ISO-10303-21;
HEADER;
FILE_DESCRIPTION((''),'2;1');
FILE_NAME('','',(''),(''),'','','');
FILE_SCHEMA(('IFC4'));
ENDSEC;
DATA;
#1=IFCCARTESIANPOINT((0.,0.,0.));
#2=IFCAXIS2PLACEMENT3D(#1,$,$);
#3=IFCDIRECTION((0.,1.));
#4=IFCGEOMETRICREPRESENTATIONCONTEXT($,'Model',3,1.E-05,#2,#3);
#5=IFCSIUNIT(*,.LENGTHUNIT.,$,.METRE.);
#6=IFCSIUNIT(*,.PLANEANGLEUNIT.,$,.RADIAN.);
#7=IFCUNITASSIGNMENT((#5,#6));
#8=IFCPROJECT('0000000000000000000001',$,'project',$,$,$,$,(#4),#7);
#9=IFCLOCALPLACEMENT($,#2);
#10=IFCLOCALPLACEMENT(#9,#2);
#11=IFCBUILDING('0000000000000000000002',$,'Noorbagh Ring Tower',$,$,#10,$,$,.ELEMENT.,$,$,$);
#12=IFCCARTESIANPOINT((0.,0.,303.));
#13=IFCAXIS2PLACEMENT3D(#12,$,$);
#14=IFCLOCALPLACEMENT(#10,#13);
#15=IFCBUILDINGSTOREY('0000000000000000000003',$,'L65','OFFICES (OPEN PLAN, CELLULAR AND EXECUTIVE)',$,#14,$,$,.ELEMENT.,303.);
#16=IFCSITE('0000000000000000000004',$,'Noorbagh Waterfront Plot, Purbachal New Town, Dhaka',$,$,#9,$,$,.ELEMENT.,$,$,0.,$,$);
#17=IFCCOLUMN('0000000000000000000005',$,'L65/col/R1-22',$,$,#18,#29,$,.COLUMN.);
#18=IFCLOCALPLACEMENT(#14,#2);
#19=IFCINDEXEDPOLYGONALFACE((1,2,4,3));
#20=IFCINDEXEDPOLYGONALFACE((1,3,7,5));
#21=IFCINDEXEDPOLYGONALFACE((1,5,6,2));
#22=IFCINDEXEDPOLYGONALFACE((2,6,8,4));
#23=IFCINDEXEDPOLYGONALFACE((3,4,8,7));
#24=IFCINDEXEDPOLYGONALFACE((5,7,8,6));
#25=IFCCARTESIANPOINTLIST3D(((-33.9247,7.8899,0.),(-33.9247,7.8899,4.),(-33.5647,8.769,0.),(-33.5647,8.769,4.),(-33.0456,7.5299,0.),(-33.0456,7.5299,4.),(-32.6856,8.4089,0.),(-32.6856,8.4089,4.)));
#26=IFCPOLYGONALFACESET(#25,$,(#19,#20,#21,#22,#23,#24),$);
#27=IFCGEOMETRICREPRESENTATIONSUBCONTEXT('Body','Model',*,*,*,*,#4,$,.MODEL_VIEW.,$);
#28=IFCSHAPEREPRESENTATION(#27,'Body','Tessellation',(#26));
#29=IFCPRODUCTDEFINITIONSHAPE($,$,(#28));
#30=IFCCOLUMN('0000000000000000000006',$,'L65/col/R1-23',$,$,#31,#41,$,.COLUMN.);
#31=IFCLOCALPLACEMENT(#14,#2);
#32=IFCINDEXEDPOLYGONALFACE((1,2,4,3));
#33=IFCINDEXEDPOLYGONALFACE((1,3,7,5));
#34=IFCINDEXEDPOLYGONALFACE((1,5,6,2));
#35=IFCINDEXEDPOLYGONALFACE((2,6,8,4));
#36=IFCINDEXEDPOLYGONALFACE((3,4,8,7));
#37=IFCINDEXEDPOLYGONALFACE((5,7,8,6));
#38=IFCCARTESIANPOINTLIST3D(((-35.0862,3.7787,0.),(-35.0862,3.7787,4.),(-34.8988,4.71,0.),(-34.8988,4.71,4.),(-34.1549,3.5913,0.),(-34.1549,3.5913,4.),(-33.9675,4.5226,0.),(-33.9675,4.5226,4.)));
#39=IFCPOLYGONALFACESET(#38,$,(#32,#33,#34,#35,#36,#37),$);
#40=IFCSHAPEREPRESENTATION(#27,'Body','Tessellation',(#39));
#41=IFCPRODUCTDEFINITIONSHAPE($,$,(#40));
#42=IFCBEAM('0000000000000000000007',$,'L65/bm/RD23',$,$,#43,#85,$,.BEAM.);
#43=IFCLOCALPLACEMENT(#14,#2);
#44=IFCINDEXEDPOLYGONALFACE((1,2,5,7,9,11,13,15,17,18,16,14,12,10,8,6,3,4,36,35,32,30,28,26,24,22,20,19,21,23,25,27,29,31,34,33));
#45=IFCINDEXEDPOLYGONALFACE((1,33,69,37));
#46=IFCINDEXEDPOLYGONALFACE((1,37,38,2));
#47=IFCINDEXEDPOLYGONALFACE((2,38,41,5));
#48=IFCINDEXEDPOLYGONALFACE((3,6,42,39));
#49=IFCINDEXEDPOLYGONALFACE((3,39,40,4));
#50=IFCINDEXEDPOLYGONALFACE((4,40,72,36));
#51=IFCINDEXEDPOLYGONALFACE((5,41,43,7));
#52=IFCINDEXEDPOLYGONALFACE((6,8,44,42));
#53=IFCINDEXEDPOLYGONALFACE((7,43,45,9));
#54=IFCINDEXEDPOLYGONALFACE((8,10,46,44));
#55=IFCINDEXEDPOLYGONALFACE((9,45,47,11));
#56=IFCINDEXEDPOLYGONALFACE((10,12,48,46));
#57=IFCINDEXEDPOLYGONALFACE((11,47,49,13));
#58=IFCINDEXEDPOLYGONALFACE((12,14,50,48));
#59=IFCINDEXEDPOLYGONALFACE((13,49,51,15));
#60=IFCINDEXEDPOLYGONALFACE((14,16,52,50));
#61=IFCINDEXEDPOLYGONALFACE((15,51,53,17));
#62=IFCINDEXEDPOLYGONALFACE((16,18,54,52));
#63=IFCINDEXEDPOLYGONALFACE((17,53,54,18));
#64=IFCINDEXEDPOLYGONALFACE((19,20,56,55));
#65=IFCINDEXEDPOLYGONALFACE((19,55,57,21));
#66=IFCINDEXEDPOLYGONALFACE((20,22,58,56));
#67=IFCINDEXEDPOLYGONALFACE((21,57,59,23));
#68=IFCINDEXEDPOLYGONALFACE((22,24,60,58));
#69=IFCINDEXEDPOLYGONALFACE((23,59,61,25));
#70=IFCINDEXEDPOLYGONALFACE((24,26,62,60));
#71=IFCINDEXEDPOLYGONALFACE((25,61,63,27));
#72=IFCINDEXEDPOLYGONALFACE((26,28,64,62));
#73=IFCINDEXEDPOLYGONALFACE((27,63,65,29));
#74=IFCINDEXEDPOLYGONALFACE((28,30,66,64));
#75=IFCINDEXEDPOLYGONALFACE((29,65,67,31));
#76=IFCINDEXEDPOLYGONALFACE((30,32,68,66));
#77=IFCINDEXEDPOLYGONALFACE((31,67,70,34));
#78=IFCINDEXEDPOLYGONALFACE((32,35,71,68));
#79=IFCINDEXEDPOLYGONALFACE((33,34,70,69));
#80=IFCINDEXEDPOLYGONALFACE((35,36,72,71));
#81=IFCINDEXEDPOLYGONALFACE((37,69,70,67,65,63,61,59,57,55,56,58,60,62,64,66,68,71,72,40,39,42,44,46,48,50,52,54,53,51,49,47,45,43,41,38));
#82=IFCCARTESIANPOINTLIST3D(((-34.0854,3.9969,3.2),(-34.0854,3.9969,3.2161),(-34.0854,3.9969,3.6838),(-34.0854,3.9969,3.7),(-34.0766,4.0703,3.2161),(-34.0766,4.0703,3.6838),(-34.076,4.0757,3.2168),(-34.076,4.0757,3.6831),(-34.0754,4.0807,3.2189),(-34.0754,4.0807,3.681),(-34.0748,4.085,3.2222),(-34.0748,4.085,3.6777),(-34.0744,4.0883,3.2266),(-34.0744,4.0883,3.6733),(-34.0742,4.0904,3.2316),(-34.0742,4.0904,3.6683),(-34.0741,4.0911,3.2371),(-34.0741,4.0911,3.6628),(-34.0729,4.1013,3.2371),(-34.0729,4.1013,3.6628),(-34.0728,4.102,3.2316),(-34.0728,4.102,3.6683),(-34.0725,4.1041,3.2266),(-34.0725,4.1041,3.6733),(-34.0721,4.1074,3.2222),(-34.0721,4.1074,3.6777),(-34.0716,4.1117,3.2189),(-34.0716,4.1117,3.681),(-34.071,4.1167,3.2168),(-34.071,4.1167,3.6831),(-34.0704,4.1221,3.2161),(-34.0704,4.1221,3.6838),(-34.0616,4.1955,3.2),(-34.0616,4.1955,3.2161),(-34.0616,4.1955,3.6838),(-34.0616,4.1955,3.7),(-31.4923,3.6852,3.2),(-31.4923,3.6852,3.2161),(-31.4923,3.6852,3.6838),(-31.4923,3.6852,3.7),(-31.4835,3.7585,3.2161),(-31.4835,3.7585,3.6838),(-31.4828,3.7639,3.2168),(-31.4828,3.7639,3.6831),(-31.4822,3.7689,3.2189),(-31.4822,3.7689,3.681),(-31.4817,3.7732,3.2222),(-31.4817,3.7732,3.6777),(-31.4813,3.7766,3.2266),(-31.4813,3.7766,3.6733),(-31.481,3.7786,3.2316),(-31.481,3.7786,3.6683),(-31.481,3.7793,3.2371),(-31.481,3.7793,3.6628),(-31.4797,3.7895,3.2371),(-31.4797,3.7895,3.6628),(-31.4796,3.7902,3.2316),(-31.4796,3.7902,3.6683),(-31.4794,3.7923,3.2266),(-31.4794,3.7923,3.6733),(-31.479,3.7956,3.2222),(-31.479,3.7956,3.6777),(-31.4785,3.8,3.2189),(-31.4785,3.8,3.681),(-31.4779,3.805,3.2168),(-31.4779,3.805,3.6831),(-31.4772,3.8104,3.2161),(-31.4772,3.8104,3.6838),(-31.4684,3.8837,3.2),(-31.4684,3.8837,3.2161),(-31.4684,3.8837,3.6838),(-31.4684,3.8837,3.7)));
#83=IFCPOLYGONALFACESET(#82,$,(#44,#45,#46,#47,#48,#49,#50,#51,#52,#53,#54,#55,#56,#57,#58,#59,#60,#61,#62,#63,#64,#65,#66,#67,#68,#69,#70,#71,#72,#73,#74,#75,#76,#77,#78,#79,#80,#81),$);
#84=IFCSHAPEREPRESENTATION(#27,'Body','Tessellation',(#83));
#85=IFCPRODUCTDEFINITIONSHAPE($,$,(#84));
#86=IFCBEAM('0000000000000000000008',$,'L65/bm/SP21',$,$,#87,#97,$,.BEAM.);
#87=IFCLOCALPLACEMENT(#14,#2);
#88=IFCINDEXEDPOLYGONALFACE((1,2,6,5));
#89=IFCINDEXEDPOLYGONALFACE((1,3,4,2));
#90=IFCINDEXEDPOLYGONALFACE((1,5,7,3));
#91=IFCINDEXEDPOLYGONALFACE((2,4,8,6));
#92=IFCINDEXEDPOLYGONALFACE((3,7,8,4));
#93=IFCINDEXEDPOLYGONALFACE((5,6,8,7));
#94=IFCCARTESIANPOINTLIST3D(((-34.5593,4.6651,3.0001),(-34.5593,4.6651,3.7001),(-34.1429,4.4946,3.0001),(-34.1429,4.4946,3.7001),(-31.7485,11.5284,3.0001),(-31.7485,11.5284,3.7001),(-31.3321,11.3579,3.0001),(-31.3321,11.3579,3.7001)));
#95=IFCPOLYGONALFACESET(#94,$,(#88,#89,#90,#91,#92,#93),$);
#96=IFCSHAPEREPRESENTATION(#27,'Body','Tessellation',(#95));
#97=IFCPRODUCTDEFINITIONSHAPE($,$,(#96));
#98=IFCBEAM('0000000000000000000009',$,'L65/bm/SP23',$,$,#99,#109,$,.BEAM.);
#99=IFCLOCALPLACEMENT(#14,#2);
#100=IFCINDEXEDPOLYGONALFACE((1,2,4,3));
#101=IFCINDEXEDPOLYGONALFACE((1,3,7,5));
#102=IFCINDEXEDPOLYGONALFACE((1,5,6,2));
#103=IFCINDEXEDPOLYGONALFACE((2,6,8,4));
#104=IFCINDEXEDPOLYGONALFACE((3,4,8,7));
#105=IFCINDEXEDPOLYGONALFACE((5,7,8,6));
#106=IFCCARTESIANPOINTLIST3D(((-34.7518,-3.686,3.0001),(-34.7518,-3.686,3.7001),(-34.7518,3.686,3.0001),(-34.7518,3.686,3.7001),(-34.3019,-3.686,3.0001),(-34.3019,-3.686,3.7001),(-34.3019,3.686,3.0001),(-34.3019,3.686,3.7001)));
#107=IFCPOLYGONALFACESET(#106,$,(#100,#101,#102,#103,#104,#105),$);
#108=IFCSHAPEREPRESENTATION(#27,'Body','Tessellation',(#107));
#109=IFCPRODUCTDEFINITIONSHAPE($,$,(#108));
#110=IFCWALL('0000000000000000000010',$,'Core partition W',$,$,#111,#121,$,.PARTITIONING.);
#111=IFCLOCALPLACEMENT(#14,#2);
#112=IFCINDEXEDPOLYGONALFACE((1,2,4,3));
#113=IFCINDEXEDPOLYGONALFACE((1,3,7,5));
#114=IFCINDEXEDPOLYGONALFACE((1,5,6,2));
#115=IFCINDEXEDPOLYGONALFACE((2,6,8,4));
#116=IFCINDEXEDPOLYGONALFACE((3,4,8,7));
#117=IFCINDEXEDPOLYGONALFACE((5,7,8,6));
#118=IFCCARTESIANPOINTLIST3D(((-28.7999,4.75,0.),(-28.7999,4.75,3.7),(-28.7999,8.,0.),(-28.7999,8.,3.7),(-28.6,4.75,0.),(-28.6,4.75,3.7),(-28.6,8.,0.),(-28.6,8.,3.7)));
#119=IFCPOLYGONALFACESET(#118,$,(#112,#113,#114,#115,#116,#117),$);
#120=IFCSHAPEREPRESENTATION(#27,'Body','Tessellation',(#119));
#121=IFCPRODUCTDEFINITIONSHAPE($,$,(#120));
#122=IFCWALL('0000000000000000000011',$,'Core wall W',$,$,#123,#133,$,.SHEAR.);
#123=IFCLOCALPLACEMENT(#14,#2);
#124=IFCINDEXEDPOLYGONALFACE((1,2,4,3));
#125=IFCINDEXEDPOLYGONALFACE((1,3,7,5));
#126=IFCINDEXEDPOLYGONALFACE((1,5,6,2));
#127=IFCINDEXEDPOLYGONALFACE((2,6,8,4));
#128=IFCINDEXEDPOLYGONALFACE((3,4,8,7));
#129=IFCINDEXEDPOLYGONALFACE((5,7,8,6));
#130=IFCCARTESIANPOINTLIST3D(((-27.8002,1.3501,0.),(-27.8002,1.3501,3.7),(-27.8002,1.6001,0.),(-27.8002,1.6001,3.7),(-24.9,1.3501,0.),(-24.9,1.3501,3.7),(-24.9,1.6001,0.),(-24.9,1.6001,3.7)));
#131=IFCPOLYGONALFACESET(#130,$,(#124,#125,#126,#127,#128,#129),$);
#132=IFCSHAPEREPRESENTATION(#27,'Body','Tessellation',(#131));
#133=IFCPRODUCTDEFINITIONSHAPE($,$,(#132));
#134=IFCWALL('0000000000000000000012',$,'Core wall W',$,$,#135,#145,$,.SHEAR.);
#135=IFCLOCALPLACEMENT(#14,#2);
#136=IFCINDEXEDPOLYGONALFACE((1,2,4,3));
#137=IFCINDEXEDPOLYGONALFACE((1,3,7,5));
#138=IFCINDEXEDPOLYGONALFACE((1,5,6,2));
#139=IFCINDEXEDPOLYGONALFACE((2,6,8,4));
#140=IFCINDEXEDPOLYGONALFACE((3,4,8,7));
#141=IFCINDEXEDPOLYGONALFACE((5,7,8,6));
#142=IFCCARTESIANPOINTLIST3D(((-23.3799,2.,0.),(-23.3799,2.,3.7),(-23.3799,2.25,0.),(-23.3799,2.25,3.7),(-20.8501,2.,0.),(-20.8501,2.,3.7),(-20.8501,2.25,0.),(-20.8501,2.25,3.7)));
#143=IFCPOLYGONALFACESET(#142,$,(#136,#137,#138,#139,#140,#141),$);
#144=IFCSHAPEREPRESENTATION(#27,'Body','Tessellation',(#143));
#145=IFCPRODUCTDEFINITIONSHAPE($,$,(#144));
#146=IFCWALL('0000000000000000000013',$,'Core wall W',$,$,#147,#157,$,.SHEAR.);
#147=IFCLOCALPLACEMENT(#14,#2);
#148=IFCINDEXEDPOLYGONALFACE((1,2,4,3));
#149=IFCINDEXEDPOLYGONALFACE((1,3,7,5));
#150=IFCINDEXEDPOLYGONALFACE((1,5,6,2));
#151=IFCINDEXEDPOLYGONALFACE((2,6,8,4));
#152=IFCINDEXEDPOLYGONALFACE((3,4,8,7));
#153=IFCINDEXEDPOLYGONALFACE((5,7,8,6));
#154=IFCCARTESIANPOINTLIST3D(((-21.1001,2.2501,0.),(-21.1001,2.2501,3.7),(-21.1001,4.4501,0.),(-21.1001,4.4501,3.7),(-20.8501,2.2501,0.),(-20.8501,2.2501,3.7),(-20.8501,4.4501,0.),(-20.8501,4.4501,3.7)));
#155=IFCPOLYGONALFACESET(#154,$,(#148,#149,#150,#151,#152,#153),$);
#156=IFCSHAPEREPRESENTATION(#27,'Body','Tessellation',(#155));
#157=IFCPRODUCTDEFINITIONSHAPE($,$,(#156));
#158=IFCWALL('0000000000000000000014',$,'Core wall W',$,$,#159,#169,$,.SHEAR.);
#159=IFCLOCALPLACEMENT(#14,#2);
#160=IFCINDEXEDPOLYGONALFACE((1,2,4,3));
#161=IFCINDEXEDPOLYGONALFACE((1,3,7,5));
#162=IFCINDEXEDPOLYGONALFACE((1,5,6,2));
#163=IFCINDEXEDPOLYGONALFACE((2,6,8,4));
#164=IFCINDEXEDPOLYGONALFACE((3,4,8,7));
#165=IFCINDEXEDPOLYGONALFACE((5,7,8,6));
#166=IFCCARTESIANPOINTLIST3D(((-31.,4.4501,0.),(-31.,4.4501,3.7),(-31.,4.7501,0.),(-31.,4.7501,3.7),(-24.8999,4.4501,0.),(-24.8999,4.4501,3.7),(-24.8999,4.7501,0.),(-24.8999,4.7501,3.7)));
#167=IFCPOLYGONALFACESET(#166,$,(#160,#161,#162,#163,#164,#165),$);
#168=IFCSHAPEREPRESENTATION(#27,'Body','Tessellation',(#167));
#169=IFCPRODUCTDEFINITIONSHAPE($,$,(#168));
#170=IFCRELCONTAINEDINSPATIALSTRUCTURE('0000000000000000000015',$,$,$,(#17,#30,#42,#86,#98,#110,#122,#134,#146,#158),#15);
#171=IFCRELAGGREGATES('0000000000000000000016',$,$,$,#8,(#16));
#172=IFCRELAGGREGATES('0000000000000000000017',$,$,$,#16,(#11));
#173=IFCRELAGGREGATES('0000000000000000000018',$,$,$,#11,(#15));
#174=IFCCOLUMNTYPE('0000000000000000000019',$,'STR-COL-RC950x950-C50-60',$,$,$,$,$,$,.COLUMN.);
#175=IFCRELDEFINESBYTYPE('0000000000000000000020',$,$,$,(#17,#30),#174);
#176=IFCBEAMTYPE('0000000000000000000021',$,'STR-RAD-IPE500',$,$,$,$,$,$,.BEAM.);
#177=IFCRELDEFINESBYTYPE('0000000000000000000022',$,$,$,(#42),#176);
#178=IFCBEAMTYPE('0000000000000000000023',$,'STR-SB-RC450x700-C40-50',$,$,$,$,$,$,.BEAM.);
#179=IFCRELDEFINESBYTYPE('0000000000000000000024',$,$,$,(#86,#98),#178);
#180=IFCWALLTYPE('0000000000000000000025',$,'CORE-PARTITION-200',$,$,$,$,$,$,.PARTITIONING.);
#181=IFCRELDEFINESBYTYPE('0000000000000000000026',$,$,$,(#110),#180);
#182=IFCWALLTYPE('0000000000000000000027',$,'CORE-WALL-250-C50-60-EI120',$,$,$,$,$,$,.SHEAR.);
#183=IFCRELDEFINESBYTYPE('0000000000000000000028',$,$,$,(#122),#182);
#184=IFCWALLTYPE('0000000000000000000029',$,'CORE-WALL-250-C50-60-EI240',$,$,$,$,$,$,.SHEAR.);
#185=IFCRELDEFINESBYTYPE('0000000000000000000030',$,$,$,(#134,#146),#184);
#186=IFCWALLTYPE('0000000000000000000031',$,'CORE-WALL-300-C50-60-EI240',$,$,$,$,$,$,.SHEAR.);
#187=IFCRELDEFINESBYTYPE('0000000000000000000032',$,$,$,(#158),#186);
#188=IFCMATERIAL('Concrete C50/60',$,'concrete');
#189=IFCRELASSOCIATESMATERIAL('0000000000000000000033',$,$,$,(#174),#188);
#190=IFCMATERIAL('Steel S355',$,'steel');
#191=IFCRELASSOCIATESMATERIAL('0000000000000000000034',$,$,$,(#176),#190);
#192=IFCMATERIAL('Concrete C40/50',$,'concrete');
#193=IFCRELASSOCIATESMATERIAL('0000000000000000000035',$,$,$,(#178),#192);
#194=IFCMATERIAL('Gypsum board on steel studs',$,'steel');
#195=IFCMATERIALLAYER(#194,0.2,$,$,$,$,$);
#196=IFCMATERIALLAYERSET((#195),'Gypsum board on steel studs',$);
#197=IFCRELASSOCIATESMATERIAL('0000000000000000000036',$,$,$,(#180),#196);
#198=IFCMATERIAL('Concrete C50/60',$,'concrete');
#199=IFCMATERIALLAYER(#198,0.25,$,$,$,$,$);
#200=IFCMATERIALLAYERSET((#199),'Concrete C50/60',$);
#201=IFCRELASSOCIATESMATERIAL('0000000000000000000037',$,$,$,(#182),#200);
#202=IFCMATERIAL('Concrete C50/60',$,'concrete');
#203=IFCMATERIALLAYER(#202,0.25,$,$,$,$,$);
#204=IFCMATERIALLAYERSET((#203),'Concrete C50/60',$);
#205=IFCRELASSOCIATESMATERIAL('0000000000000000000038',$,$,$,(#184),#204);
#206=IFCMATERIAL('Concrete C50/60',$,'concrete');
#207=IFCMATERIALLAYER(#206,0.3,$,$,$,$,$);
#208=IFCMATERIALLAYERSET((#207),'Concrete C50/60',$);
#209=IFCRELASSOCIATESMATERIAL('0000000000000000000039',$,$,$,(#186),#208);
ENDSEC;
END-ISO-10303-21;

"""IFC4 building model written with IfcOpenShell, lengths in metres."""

from ifc_helpers import new_model, si_unit, direction, frame, frame_2d, origin, origin_2d, place, context, subcontext, project, spatial, rectangle, i_section, extrude, material, layer, layer_set, material_profile, profile_set, type_object, element, save


model = new_model("IFC4")

# Units and contexts
model_context = context("Model", 3, precision=1e-05, world=origin(), true_north=direction((0.0, 1.0)))
body_context = subcontext(model_context, "Body", "Model", "MODEL_VIEW")
ifc_project = project(units=[si_unit("LENGTHUNIT", "METRE"), si_unit("PLANEANGLEUNIT", "RADIAN")], contexts=[model_context])

# Site, building, storey
site_placement = place(None, origin())
site = spatial("IfcSite", under=ifc_project, at=site_placement, Name="Noorbagh Waterfront Plot, Purbachal New Town, Dhaka", CompositionType="ELEMENT", RefElevation=0.0)
building_placement = place(site_placement, origin())
building = spatial("IfcBuilding", under=site, at=building_placement, Name="Noorbagh Ring Tower", CompositionType="ELEMENT")
storey_placement = place(building_placement, frame((0.0, 0.0, 303.0)))
storey = spatial("IfcBuildingStorey", under=building, at=storey_placement, Name="L65", Description="OFFICES (OPEN PLAN, CELLULAR AND EXECUTIVE)", CompositionType="ELEMENT", Elevation=303.0)

# Columns
ifc_material_1 = material(Name="Concrete C50/60", Category="concrete")
ifc_material_profile_1 = material_profile(ifc_material_1, rectangle(XDim=0.95, YDim=0.95, at=origin_2d()), Name="RC950x950")
ifc_profile_set_1 = profile_set([ifc_material_profile_1], Name="Concrete C50/60")
column_type = type_object("IfcColumnType", Name="STR-COL-RC950x950-C50-60", PredefinedType="COLUMN", material=ifc_profile_set_1)
for number, where, z_axis, x_axis, name in (
    (1, (-33.3052, 8.1494, 0.0), (0.0, 0.0, 1.0), (-0.378989, -0.925401, 0.0), "L65/col/R1-22"),
    (2, (-34.5269, 4.1506, 0.0), (0.0, 0.0, 1.0), (-0.19723, -0.980357, 0.0), "L65/col/R1-23"),
):
    element("IfcColumn", number, at=place(storey_placement, frame(where, z_axis=z_axis, x_axis=x_axis)), inside=storey, type_object=column_type, Name=name, PredefinedType="COLUMN", context=body_context, shape_type="SweptSolid", body=[
        extrude(rectangle(XDim=0.95, YDim=0.95, at=origin_2d()), origin(), (0.0, 0.0, 1.0), 4.0),
    ])

# Beams
ifc_material_2 = material(Name="Steel S355", Category="steel")
ifc_material_profile_2 = material_profile(ifc_material_2, i_section(OverallWidth=0.2, OverallDepth=0.5, WebThickness=0.0103, FlangeThickness=0.0161, FilletRadius=0.021, at=origin_2d()), Name="IPE500")
ifc_profile_set_2 = profile_set([ifc_material_profile_2], Name="Steel S355")
beam_type_1 = type_object("IfcBeamType", Name="STR-RAD-IPE500", PredefinedType="BEAM", material=ifc_profile_set_2)
beam_1_placement = place(storey_placement, frame((-34.0735, 4.0962, 3.45), z_axis=(0.992851, -0.119363, 0.0), x_axis=(0.119363, 0.992851, 0.0)))
element("IfcBeam", 3, at=beam_1_placement, inside=storey, type_object=beam_type_1, Name="L65/bm/RD23", PredefinedType="BEAM", context=body_context, shape_type="SweptSolid", body=[
    extrude(i_section(OverallWidth=0.2, OverallDepth=0.5, WebThickness=0.0103, FlangeThickness=0.0161, FilletRadius=0.021, at=origin_2d()), origin(), (0.0, 0.0, 1.0), 2.6118),
])
ifc_material_3 = material(Name="Concrete C40/50", Category="concrete")
ifc_material_profile_3 = material_profile(ifc_material_3, rectangle(XDim=0.45, YDim=0.7, at=origin_2d()), Name="RC450x700")
ifc_profile_set_3 = profile_set([ifc_material_profile_3], Name="Concrete C40/50")
beam_type_2 = type_object("IfcBeamType", Name="STR-SB-RC450x700-C40-50", PredefinedType="BEAM", material=ifc_profile_set_3)
beam_2_placement = place(storey_placement, frame((-31.5403, 11.4431, 3.3501), z_axis=(-0.378989, -0.925401, 0.0), x_axis=(0.925401, -0.378989, 0.0)))
element("IfcBeam", 4, at=beam_2_placement, inside=storey, type_object=beam_type_2, Name="L65/bm/SP21", PredefinedType="BEAM", context=body_context, shape_type="SweptSolid", body=[
    extrude(rectangle(XDim=0.45, YDim=0.7, at=origin_2d()), origin(), (0.0, 0.0, 1.0), 7.4165),
])
beam_3_placement = place(storey_placement, frame((-34.5269, 3.686, 3.3501), z_axis=(0.0, -1.0, 0.0), x_axis=(1.0, 0.0, 0.0)))
element("IfcBeam", 5, at=beam_3_placement, inside=storey, type_object=beam_type_2, Name="L65/bm/SP23", PredefinedType="BEAM", context=body_context, shape_type="SweptSolid", body=[
    extrude(rectangle(XDim=0.45, YDim=0.7, at=origin_2d()), origin(), (0.0, 0.0, 1.0), 7.3721),
])

# Walls
ifc_material_4 = material(Name="Gypsum board on steel studs", Category="steel")
ifc_layer_1 = layer(ifc_material_4, 0.2)
ifc_layer_set_1 = layer_set([ifc_layer_1], Name="Gypsum board on steel studs")
wall_type_1 = type_object("IfcWallType", Name="CORE-PARTITION-200", PredefinedType="PARTITIONING", material=ifc_layer_set_1)
wall_1_placement = place(storey_placement, frame((-28.7, 4.75, 0.0), z_axis=(0.0, 0.0, 1.0), x_axis=(0.0, 1.0, 0.0)))
element("IfcWall", 6, at=wall_1_placement, inside=storey, type_object=wall_type_1, Name="Core partition W", PredefinedType="PARTITIONING", context=body_context, shape_type="SweptSolid", body=[
    extrude(rectangle(XDim=3.25, YDim=0.2, at=frame_2d((1.625, 0.0))), origin(), (0.0, 0.0, 1.0), 3.7),
])
ifc_material_5 = material(Name="Concrete C50/60", Category="concrete")
ifc_layer_2 = layer(ifc_material_5, 0.25)
ifc_layer_set_2 = layer_set([ifc_layer_2], Name="Concrete C50/60")
wall_type_2 = type_object("IfcWallType", Name="CORE-WALL-250-C50-60-EI120", PredefinedType="SHEAR", material=ifc_layer_set_2)
wall_2_placement = place(storey_placement, frame((-24.8999, 1.4751, 0.0), z_axis=(0.0, 0.0, 1.0), x_axis=(-1.0, 0.0, 0.0)))
element("IfcWall", 7, at=wall_2_placement, inside=storey, type_object=wall_type_2, Name="Core wall W", PredefinedType="SHEAR", context=body_context, shape_type="SweptSolid", body=[
    extrude(rectangle(XDim=2.9001, YDim=0.25, at=frame_2d((1.4502, 0.0))), origin(), (0.0, 0.0, 1.0), 3.7),
])
ifc_material_6 = material(Name="Concrete C50/60", Category="concrete")
ifc_layer_3 = layer(ifc_material_6, 0.25)
ifc_layer_set_3 = layer_set([ifc_layer_3], Name="Concrete C50/60")
wall_type_3 = type_object("IfcWallType", Name="CORE-WALL-250-C50-60-EI240", PredefinedType="SHEAR", material=ifc_layer_set_3)
wall_3_placement = place(storey_placement, frame((-20.8501, 2.125, 0.0), z_axis=(0.0, 0.0, 1.0), x_axis=(-1.0, 0.0, 0.0)))
element("IfcWall", 8, at=wall_3_placement, inside=storey, type_object=wall_type_3, Name="Core wall W", PredefinedType="SHEAR", context=body_context, shape_type="SweptSolid", body=[
    extrude(rectangle(XDim=2.5298, YDim=0.25, at=frame_2d((1.2649, 0.0))), origin(), (0.0, 0.0, 1.0), 3.7),
])
wall_4_placement = place(storey_placement, frame((-20.9751, 2.25, 0.0), z_axis=(0.0, 0.0, 1.0), x_axis=(0.0, 1.0, 0.0)))
element("IfcWall", 9, at=wall_4_placement, inside=storey, type_object=wall_type_3, Name="Core wall W", PredefinedType="SHEAR", context=body_context, shape_type="SweptSolid", body=[
    extrude(rectangle(XDim=2.2, YDim=0.25, at=frame_2d((1.1001, 0.0))), origin(), (0.0, 0.0, 1.0), 3.7),
])
ifc_material_7 = material(Name="Concrete C50/60", Category="concrete")
ifc_layer_4 = layer(ifc_material_7, 0.3)
ifc_layer_set_4 = layer_set([ifc_layer_4], Name="Concrete C50/60")
wall_type_4 = type_object("IfcWallType", Name="CORE-WALL-300-C50-60-EI240", PredefinedType="SHEAR", material=ifc_layer_set_4)
wall_5_placement = place(storey_placement, frame((-24.8999, 4.6001, 0.0), z_axis=(0.0, 0.0, 1.0), x_axis=(-1.0, 0.0, 0.0)))
element("IfcWall", 10, at=wall_5_placement, inside=storey, type_object=wall_type_4, Name="Core wall W", PredefinedType="SHEAR", context=body_context, shape_type="SweptSolid", body=[
    extrude(rectangle(XDim=6.1001, YDim=0.3, at=frame_2d((3.05, 0.0))), origin(), (0.0, 0.0, 1.0), 3.7),
])

save(model, "model.ifc")
